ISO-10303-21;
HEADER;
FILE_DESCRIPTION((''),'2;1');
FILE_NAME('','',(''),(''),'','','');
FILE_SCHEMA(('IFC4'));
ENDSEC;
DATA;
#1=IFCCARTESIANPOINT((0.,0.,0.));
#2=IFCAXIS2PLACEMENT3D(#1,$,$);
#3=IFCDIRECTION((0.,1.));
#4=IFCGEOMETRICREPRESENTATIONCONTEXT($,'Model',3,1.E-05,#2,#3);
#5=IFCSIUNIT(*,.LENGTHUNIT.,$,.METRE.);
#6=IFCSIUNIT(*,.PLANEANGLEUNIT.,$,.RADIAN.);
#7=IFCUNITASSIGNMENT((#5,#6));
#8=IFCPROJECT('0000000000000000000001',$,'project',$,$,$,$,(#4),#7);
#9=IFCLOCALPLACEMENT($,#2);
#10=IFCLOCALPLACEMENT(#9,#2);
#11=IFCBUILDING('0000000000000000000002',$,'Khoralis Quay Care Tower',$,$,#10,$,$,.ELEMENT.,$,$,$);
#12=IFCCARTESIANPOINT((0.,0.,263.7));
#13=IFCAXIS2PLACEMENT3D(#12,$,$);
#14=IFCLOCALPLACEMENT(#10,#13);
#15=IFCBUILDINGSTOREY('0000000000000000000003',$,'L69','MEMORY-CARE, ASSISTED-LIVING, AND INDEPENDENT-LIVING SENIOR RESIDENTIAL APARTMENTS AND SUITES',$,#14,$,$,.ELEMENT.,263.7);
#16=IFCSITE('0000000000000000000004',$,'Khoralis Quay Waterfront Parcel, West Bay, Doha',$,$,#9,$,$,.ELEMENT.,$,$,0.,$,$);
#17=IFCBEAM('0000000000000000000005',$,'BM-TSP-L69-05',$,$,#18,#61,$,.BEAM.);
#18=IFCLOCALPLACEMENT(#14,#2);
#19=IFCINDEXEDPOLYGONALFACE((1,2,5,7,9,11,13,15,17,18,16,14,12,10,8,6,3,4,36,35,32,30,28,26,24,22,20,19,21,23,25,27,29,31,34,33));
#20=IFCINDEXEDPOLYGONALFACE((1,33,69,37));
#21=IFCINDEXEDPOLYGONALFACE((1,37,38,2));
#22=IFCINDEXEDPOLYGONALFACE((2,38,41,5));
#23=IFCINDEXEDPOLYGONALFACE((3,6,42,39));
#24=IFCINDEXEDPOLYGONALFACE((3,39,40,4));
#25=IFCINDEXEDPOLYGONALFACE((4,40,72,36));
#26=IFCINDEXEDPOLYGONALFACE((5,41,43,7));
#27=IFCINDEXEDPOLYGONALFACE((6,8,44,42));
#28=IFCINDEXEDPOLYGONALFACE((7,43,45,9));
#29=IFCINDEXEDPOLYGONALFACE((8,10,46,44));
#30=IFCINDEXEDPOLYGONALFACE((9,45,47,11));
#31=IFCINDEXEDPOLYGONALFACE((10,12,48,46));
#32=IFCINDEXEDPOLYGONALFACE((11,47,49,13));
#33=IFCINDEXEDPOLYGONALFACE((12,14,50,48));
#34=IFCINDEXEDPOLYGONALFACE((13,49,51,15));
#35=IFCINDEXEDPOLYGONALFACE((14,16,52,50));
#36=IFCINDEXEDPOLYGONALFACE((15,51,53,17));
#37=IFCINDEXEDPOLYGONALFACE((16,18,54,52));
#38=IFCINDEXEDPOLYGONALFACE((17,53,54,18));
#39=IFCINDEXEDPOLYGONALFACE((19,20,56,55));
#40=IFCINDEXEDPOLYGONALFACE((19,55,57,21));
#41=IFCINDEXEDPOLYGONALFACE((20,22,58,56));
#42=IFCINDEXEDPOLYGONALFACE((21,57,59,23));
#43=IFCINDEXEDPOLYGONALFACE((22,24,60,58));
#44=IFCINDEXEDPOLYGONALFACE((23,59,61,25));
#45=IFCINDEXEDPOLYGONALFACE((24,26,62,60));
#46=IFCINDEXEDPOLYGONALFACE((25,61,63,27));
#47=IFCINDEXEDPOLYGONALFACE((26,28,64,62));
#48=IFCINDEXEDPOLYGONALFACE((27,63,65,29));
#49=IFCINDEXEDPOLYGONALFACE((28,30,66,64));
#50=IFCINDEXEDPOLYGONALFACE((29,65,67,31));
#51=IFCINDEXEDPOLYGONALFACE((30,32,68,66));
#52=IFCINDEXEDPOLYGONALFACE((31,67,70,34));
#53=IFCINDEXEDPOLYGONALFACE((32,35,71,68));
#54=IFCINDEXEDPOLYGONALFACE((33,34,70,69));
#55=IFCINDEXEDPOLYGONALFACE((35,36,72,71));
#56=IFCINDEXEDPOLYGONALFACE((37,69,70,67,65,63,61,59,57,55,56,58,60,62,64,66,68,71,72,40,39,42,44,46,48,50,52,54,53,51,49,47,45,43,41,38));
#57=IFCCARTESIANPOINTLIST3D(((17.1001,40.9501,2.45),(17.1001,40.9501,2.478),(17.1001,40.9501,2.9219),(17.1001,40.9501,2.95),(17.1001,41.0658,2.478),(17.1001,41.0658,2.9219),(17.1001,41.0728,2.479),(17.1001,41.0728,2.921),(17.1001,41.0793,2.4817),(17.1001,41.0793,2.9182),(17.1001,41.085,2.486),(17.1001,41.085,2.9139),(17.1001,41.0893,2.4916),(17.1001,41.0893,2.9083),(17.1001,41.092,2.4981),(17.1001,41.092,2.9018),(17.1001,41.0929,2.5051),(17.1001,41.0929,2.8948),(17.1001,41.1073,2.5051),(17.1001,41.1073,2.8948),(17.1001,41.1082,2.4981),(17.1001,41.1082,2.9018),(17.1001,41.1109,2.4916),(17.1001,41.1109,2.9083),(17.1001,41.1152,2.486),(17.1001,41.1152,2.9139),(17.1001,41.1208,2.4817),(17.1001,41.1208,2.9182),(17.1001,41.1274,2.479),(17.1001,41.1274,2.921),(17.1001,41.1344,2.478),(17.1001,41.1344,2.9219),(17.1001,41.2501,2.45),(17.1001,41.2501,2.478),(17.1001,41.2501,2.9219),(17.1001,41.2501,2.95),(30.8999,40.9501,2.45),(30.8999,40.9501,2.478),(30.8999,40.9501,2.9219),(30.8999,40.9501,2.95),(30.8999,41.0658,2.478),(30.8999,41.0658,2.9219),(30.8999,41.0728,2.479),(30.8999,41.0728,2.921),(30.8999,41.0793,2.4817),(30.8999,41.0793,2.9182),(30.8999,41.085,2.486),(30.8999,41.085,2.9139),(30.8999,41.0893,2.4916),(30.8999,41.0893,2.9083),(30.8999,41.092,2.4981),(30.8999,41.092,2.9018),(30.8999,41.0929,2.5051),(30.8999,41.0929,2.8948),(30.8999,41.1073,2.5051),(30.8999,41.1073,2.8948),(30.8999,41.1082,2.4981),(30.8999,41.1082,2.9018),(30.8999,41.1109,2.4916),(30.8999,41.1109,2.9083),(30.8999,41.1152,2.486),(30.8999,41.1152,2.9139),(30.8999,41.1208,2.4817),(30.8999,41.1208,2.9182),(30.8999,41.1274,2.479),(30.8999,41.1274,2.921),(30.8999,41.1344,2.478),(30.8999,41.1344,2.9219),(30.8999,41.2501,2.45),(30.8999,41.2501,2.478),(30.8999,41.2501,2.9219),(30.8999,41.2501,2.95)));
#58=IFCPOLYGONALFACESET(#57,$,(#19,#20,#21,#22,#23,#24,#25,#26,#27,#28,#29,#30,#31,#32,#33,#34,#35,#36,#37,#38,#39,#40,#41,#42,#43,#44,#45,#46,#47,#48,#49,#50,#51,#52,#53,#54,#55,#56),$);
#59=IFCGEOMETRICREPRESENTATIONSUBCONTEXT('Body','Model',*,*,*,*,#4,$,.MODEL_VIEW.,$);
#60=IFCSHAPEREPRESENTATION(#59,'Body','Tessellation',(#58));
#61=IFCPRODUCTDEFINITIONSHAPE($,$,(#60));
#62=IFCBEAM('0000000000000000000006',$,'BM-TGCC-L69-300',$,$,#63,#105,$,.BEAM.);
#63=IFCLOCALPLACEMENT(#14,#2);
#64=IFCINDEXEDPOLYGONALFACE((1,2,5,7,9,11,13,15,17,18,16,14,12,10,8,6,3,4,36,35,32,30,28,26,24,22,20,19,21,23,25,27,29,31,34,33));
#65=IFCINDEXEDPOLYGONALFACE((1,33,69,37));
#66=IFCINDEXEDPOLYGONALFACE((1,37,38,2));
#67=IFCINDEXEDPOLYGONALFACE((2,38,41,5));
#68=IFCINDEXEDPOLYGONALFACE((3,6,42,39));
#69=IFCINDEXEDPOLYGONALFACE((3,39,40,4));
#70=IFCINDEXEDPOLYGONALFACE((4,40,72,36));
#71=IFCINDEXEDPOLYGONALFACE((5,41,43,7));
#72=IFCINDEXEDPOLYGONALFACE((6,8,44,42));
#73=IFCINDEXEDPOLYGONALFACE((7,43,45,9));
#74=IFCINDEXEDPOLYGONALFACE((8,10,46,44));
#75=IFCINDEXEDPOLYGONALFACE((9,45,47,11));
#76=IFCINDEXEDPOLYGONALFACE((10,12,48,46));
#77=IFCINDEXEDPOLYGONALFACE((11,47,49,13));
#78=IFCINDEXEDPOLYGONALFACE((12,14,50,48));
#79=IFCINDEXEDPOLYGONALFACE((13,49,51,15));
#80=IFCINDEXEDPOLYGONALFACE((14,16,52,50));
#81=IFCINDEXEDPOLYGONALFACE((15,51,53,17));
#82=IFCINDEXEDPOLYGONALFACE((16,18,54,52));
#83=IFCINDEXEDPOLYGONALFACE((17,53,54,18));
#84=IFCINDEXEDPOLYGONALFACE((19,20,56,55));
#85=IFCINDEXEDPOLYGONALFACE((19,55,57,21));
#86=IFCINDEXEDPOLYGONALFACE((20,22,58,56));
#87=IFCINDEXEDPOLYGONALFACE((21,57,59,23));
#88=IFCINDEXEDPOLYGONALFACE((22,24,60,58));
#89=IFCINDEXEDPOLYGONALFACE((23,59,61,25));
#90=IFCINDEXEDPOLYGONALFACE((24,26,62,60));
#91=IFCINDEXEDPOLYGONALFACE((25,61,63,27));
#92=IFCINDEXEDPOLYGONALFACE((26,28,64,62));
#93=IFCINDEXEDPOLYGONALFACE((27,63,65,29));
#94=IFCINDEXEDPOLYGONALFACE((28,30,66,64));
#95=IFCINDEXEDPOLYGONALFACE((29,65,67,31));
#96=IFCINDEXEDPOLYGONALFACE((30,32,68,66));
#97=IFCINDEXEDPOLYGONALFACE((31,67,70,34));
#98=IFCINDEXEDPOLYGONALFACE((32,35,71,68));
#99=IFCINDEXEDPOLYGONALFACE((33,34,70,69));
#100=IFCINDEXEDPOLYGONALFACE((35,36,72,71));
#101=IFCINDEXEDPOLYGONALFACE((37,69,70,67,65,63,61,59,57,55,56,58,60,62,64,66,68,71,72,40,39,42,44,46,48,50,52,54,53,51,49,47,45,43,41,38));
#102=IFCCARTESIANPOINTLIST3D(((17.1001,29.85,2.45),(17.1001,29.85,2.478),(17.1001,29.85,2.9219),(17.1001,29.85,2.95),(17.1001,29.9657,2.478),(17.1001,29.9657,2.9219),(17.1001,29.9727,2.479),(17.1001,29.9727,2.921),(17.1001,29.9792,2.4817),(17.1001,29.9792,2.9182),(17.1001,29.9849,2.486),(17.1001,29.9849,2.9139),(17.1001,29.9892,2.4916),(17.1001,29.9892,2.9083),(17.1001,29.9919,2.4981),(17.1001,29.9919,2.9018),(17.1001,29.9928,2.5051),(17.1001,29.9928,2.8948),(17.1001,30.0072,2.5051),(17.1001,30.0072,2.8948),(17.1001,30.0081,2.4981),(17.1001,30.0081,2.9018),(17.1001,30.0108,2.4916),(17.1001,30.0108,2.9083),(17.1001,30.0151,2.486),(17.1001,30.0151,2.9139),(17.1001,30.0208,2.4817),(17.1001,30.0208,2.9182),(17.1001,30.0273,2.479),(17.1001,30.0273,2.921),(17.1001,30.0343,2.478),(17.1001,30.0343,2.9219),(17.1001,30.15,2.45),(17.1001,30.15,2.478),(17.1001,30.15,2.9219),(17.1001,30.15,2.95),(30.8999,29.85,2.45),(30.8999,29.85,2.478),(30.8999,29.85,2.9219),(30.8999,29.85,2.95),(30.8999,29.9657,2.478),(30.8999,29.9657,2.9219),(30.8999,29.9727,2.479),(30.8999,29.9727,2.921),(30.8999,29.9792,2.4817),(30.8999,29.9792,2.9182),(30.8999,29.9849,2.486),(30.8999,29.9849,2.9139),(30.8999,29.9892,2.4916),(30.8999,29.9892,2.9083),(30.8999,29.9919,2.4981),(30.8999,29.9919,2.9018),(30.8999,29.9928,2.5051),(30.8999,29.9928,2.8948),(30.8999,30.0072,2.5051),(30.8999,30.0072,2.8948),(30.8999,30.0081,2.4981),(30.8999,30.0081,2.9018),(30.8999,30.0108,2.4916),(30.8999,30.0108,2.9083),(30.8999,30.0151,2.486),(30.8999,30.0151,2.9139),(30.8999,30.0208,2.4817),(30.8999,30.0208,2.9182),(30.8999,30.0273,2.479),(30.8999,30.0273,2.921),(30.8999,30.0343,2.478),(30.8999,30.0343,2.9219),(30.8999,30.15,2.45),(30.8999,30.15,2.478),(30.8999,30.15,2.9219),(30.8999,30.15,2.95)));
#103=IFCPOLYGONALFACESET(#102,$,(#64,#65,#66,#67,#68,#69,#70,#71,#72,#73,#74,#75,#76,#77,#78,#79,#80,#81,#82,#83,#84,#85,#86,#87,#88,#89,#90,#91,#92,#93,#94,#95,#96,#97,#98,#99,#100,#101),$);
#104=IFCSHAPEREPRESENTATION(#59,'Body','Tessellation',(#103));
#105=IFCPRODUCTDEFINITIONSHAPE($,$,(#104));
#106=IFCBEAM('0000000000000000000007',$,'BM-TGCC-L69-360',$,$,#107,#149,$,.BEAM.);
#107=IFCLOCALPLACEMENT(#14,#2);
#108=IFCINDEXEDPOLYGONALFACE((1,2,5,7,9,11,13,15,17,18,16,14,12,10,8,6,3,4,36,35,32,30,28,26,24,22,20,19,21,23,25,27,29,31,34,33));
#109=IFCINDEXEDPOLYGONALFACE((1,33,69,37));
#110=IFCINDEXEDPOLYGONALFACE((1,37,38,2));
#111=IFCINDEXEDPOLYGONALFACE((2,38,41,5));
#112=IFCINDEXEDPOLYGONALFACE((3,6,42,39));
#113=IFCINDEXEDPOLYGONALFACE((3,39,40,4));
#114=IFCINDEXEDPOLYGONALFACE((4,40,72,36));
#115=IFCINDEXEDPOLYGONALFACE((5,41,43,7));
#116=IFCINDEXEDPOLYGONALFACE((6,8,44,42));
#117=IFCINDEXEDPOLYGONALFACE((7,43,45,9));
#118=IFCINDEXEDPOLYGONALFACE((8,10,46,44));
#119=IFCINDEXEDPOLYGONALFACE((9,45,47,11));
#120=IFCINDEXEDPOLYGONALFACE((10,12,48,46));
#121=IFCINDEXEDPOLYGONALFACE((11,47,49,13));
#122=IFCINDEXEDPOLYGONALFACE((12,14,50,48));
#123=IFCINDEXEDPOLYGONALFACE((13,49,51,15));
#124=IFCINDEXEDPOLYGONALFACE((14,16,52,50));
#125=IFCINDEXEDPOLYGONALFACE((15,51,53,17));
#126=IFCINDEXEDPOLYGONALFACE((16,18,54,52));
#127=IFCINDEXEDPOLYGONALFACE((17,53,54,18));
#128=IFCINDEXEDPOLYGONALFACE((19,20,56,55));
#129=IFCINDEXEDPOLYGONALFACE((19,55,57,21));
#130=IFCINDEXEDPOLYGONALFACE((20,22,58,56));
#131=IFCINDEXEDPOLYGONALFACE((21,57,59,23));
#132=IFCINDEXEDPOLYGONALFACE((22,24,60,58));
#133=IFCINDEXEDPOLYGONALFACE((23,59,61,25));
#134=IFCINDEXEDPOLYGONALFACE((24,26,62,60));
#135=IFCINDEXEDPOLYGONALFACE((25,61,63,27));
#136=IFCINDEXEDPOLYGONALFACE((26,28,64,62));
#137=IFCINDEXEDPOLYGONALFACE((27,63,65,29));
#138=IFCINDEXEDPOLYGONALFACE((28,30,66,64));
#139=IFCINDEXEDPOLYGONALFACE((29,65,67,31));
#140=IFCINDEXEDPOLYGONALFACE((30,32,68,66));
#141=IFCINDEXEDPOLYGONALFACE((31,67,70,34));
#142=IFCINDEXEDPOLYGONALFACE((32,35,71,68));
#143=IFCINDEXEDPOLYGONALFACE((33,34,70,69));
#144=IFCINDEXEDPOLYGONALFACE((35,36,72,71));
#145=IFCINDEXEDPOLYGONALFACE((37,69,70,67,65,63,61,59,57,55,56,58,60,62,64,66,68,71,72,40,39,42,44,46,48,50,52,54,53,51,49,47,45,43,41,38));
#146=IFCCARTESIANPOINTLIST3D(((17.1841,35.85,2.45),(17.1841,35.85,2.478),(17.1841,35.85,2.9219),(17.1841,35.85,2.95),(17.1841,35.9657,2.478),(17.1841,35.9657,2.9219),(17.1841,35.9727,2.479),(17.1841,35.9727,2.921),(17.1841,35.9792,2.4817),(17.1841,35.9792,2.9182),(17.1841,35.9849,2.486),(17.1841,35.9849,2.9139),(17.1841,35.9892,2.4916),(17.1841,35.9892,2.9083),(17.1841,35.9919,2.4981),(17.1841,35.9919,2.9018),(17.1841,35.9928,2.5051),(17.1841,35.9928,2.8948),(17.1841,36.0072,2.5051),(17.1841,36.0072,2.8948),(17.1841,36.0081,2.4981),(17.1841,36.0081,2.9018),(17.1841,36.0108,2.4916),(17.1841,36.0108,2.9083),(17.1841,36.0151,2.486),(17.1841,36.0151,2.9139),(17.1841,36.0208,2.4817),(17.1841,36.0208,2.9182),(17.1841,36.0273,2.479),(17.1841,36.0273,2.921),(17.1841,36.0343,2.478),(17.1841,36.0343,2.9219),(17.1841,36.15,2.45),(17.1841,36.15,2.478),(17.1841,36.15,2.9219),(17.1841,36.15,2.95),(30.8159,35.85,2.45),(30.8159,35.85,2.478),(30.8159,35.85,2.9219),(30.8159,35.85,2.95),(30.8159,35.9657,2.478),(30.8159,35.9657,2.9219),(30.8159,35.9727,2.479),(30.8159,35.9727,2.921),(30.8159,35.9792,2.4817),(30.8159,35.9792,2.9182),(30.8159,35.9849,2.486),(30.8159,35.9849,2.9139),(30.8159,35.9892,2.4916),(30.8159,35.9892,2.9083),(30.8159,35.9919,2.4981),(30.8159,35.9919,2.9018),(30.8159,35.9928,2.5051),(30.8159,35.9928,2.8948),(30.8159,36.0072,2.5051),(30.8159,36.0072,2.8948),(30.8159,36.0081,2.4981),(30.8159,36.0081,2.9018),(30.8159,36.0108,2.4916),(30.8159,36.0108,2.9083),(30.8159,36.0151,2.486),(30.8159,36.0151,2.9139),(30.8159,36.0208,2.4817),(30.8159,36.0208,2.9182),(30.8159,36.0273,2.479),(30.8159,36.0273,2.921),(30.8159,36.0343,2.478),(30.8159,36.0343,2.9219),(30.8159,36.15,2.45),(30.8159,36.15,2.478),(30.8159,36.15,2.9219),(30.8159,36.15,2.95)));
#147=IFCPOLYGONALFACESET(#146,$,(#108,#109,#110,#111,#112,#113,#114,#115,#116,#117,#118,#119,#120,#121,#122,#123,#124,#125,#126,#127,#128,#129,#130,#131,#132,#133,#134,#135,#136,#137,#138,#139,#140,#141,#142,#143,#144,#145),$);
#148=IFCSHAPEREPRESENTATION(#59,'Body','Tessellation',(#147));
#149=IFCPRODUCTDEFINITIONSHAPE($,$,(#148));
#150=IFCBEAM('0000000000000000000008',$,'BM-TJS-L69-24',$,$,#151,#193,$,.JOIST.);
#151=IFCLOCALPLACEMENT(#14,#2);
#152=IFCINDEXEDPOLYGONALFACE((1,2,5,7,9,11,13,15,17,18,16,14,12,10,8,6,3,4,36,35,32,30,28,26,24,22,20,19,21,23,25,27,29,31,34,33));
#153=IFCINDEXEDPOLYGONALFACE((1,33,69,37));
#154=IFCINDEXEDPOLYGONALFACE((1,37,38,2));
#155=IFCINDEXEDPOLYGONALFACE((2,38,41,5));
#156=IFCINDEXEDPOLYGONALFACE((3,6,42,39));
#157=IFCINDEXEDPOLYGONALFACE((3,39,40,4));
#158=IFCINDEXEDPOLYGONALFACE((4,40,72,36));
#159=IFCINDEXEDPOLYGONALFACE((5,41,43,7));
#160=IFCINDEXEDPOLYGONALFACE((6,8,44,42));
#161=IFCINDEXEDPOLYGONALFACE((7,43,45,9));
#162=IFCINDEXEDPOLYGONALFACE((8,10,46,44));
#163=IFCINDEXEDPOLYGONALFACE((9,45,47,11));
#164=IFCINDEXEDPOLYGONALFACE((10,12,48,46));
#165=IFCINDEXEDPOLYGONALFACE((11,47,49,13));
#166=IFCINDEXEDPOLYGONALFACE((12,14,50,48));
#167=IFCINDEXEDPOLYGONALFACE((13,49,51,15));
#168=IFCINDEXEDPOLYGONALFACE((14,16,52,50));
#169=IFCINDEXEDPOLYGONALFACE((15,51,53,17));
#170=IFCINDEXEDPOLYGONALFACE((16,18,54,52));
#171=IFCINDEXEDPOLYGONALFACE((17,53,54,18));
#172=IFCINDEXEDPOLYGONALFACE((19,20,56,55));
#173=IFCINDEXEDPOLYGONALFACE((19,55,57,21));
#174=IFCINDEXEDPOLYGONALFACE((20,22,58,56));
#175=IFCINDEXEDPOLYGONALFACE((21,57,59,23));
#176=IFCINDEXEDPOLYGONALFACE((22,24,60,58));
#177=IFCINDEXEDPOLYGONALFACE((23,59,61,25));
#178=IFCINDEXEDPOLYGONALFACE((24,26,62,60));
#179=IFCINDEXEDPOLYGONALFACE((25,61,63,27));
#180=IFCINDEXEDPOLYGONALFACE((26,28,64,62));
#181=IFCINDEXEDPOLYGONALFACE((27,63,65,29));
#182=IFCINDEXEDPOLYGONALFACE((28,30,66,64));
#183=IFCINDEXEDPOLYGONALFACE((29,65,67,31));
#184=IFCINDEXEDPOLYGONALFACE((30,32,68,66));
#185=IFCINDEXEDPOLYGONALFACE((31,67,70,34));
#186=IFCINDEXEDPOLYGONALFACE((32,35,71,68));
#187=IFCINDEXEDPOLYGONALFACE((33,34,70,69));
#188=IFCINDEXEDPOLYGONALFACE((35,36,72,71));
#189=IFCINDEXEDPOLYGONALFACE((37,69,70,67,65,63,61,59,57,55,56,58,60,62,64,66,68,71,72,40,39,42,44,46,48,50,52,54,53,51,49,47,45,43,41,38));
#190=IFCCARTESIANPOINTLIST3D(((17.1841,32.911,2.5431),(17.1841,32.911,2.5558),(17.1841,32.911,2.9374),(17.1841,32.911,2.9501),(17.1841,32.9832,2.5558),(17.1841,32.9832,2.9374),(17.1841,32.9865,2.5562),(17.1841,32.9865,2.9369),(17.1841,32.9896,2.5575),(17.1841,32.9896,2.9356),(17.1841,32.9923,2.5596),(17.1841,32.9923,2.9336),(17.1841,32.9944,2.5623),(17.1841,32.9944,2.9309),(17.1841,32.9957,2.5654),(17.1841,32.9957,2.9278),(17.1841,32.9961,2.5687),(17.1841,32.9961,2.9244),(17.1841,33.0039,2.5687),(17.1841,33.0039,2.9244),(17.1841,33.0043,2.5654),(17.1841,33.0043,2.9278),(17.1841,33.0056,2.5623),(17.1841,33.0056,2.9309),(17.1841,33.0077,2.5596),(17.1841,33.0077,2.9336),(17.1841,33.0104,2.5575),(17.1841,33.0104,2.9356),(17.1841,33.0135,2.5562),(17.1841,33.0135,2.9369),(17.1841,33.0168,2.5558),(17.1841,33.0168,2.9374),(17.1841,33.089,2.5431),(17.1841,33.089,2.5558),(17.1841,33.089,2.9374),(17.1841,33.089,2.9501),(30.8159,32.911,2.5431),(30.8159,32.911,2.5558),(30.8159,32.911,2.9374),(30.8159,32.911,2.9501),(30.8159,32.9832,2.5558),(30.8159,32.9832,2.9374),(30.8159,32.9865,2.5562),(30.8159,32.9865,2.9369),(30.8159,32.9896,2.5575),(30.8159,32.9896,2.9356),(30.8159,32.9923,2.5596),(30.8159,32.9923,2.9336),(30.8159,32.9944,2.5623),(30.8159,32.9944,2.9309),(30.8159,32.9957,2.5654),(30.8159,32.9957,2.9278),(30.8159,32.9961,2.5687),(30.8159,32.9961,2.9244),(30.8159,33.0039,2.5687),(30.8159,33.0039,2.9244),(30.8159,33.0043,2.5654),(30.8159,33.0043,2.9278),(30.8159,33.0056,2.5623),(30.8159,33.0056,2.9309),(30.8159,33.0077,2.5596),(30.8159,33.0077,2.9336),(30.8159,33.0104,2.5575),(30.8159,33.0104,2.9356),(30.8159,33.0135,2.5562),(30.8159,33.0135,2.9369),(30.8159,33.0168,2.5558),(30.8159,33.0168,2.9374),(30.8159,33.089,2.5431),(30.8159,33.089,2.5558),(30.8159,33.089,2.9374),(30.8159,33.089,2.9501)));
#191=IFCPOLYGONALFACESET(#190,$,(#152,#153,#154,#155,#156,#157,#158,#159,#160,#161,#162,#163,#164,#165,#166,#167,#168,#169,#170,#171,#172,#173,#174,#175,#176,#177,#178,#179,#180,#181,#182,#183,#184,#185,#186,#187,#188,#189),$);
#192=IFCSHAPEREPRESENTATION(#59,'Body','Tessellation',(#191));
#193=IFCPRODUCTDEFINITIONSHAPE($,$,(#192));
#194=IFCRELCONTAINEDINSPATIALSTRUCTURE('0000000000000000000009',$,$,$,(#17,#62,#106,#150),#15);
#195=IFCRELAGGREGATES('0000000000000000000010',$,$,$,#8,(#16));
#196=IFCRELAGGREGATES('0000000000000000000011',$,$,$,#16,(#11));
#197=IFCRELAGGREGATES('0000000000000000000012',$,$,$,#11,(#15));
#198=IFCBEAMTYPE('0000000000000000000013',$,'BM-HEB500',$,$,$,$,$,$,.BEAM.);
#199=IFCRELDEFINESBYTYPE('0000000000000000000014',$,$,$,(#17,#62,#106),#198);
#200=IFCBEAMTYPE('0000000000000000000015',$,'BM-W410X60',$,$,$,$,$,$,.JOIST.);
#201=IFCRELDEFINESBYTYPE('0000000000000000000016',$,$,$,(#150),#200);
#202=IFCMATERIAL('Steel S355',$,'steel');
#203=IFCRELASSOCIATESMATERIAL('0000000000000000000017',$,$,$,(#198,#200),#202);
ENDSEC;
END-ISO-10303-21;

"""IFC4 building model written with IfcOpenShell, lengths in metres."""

from ifc_helpers import new_model, si_unit, direction, frame, origin, origin_2d, place, context, subcontext, project, spatial, i_section, extrude, source, transform, mapped, material, material_profile, profile_set, type_object, element, save


model = new_model("IFC4")

# Units and contexts
model_context = context("Model", 3, precision=1e-05, world=origin(), true_north=direction((0.0, 1.0)))
body_context = subcontext(model_context, "Body", "Model", "MODEL_VIEW")
ifc_project = project(units=[si_unit("LENGTHUNIT", "METRE"), si_unit("PLANEANGLEUNIT", "RADIAN")], contexts=[model_context])

# Site, building, storey
site_placement = place(None, origin())
site = spatial("IfcSite", under=ifc_project, at=site_placement, Name="Khoralis Quay Waterfront Parcel, West Bay, Doha", CompositionType="ELEMENT", RefElevation=0.0)
building_placement = place(site_placement, origin())
building = spatial("IfcBuilding", under=site, at=building_placement, Name="Khoralis Quay Care Tower", CompositionType="ELEMENT")
storey_placement = place(building_placement, frame((0.0, 0.0, 263.7)))
storey = spatial("IfcBuildingStorey", under=building, at=storey_placement, Name="L69", Description="MEMORY-CARE, ASSISTED-LIVING, AND INDEPENDENT-LIVING SENIOR RESIDENTIAL APARTMENTS AND SUITES", CompositionType="ELEMENT", Elevation=263.7)

# Beams
ifc_material_1 = material(Name="Steel S355", Category="steel")
ifc_material_profile_1 = material_profile(ifc_material_1, i_section(OverallWidth=0.3, OverallDepth=0.5, WebThickness=0.0144, FlangeThickness=0.0281, FilletRadius=0.0271, at=origin_2d()), Name="Steel S355")
ifc_profile_set_1 = profile_set([ifc_material_profile_1], Name="Steel S355")
beam_type_1 = type_object("IfcBeamType", Name="BM-HEB500", PredefinedType="BEAM", material=ifc_profile_set_1)
shared_shape_1 = source(origin(), body_context, "Body", "SweptSolid", [
    extrude(i_section(OverallWidth=0.3, OverallDepth=0.5, WebThickness=0.0144, FlangeThickness=0.0281, FilletRadius=0.0271, at=origin_2d()), origin(), (0.0, 0.0, 1.0), 13.7998),
])
for number, where, z_axis, x_axis, name in (
    (1, (17.1001, 41.1001, 2.7), (1.0, 0.0, 0.0), (0.0, 1.0, 0.0), "BM-TSP-L69-05"),
    (2, (17.1001, 30.0, 2.7), (1.0, 0.0, 0.0), (0.0, 1.0, 0.0), "BM-TGCC-L69-300"),
):
    element("IfcBeam", number, at=place(storey_placement, frame(where, z_axis=z_axis, x_axis=x_axis)), inside=storey, type_object=beam_type_1, Name=name, PredefinedType="BEAM", context=body_context, shape_type="MappedRepresentation", body=[
        mapped(shared_shape_1, transform((0.0, 0.0, 0.0), scale=1.0)),
    ])
shared_shape_2 = source(origin(), body_context, "Body", "SweptSolid", [
    extrude(i_section(OverallWidth=0.3, OverallDepth=0.5, WebThickness=0.0144, FlangeThickness=0.0281, FilletRadius=0.0271, at=origin_2d()), origin(), (0.0, 0.0, 1.0), 13.6318),
])
beam_1_placement = place(storey_placement, frame((17.1841, 36.0, 2.7), z_axis=(1.0, 0.0, 0.0), x_axis=(0.0, 1.0, 0.0)))
element("IfcBeam", 3, at=beam_1_placement, inside=storey, type_object=beam_type_1, Name="BM-TGCC-L69-360", PredefinedType="BEAM", context=body_context, shape_type="MappedRepresentation", body=[
    mapped(shared_shape_2, transform((0.0, 0.0, 0.0), scale=1.0)),
])
ifc_material_profile_2 = material_profile(ifc_material_1, i_section(OverallWidth=0.178, OverallDepth=0.407, WebThickness=0.0078, FlangeThickness=0.0127, FilletRadius=0.0129, at=origin_2d()), Name="Steel S355")
ifc_profile_set_2 = profile_set([ifc_material_profile_2], Name="Steel S355")
beam_type_2 = type_object("IfcBeamType", Name="BM-W410X60", PredefinedType="JOIST", material=ifc_profile_set_2)
shared_shape_3 = source(origin(), body_context, "Body", "SweptSolid", [
    extrude(i_section(OverallWidth=0.178, OverallDepth=0.407, WebThickness=0.0078, FlangeThickness=0.0127, FilletRadius=0.0129, at=origin_2d()), origin(), (0.0, 0.0, 1.0), 13.6318),
])
for number, where, z_axis, x_axis, name in (
    (4, (17.1841, 33.0, 2.7466), (1.0, 0.0, 0.0), (0.0, 1.0, 0.0), "BM-TJS-L69-24"),
):
    element("IfcBeam", number, at=place(storey_placement, frame(where, z_axis=z_axis, x_axis=x_axis)), inside=storey, type_object=beam_type_2, Name=name, PredefinedType="JOIST", context=body_context, shape_type="MappedRepresentation", body=[
        mapped(shared_shape_3, transform((0.0, 0.0, 0.0), scale=1.0)),
    ])

save(model, "model.ifc")
